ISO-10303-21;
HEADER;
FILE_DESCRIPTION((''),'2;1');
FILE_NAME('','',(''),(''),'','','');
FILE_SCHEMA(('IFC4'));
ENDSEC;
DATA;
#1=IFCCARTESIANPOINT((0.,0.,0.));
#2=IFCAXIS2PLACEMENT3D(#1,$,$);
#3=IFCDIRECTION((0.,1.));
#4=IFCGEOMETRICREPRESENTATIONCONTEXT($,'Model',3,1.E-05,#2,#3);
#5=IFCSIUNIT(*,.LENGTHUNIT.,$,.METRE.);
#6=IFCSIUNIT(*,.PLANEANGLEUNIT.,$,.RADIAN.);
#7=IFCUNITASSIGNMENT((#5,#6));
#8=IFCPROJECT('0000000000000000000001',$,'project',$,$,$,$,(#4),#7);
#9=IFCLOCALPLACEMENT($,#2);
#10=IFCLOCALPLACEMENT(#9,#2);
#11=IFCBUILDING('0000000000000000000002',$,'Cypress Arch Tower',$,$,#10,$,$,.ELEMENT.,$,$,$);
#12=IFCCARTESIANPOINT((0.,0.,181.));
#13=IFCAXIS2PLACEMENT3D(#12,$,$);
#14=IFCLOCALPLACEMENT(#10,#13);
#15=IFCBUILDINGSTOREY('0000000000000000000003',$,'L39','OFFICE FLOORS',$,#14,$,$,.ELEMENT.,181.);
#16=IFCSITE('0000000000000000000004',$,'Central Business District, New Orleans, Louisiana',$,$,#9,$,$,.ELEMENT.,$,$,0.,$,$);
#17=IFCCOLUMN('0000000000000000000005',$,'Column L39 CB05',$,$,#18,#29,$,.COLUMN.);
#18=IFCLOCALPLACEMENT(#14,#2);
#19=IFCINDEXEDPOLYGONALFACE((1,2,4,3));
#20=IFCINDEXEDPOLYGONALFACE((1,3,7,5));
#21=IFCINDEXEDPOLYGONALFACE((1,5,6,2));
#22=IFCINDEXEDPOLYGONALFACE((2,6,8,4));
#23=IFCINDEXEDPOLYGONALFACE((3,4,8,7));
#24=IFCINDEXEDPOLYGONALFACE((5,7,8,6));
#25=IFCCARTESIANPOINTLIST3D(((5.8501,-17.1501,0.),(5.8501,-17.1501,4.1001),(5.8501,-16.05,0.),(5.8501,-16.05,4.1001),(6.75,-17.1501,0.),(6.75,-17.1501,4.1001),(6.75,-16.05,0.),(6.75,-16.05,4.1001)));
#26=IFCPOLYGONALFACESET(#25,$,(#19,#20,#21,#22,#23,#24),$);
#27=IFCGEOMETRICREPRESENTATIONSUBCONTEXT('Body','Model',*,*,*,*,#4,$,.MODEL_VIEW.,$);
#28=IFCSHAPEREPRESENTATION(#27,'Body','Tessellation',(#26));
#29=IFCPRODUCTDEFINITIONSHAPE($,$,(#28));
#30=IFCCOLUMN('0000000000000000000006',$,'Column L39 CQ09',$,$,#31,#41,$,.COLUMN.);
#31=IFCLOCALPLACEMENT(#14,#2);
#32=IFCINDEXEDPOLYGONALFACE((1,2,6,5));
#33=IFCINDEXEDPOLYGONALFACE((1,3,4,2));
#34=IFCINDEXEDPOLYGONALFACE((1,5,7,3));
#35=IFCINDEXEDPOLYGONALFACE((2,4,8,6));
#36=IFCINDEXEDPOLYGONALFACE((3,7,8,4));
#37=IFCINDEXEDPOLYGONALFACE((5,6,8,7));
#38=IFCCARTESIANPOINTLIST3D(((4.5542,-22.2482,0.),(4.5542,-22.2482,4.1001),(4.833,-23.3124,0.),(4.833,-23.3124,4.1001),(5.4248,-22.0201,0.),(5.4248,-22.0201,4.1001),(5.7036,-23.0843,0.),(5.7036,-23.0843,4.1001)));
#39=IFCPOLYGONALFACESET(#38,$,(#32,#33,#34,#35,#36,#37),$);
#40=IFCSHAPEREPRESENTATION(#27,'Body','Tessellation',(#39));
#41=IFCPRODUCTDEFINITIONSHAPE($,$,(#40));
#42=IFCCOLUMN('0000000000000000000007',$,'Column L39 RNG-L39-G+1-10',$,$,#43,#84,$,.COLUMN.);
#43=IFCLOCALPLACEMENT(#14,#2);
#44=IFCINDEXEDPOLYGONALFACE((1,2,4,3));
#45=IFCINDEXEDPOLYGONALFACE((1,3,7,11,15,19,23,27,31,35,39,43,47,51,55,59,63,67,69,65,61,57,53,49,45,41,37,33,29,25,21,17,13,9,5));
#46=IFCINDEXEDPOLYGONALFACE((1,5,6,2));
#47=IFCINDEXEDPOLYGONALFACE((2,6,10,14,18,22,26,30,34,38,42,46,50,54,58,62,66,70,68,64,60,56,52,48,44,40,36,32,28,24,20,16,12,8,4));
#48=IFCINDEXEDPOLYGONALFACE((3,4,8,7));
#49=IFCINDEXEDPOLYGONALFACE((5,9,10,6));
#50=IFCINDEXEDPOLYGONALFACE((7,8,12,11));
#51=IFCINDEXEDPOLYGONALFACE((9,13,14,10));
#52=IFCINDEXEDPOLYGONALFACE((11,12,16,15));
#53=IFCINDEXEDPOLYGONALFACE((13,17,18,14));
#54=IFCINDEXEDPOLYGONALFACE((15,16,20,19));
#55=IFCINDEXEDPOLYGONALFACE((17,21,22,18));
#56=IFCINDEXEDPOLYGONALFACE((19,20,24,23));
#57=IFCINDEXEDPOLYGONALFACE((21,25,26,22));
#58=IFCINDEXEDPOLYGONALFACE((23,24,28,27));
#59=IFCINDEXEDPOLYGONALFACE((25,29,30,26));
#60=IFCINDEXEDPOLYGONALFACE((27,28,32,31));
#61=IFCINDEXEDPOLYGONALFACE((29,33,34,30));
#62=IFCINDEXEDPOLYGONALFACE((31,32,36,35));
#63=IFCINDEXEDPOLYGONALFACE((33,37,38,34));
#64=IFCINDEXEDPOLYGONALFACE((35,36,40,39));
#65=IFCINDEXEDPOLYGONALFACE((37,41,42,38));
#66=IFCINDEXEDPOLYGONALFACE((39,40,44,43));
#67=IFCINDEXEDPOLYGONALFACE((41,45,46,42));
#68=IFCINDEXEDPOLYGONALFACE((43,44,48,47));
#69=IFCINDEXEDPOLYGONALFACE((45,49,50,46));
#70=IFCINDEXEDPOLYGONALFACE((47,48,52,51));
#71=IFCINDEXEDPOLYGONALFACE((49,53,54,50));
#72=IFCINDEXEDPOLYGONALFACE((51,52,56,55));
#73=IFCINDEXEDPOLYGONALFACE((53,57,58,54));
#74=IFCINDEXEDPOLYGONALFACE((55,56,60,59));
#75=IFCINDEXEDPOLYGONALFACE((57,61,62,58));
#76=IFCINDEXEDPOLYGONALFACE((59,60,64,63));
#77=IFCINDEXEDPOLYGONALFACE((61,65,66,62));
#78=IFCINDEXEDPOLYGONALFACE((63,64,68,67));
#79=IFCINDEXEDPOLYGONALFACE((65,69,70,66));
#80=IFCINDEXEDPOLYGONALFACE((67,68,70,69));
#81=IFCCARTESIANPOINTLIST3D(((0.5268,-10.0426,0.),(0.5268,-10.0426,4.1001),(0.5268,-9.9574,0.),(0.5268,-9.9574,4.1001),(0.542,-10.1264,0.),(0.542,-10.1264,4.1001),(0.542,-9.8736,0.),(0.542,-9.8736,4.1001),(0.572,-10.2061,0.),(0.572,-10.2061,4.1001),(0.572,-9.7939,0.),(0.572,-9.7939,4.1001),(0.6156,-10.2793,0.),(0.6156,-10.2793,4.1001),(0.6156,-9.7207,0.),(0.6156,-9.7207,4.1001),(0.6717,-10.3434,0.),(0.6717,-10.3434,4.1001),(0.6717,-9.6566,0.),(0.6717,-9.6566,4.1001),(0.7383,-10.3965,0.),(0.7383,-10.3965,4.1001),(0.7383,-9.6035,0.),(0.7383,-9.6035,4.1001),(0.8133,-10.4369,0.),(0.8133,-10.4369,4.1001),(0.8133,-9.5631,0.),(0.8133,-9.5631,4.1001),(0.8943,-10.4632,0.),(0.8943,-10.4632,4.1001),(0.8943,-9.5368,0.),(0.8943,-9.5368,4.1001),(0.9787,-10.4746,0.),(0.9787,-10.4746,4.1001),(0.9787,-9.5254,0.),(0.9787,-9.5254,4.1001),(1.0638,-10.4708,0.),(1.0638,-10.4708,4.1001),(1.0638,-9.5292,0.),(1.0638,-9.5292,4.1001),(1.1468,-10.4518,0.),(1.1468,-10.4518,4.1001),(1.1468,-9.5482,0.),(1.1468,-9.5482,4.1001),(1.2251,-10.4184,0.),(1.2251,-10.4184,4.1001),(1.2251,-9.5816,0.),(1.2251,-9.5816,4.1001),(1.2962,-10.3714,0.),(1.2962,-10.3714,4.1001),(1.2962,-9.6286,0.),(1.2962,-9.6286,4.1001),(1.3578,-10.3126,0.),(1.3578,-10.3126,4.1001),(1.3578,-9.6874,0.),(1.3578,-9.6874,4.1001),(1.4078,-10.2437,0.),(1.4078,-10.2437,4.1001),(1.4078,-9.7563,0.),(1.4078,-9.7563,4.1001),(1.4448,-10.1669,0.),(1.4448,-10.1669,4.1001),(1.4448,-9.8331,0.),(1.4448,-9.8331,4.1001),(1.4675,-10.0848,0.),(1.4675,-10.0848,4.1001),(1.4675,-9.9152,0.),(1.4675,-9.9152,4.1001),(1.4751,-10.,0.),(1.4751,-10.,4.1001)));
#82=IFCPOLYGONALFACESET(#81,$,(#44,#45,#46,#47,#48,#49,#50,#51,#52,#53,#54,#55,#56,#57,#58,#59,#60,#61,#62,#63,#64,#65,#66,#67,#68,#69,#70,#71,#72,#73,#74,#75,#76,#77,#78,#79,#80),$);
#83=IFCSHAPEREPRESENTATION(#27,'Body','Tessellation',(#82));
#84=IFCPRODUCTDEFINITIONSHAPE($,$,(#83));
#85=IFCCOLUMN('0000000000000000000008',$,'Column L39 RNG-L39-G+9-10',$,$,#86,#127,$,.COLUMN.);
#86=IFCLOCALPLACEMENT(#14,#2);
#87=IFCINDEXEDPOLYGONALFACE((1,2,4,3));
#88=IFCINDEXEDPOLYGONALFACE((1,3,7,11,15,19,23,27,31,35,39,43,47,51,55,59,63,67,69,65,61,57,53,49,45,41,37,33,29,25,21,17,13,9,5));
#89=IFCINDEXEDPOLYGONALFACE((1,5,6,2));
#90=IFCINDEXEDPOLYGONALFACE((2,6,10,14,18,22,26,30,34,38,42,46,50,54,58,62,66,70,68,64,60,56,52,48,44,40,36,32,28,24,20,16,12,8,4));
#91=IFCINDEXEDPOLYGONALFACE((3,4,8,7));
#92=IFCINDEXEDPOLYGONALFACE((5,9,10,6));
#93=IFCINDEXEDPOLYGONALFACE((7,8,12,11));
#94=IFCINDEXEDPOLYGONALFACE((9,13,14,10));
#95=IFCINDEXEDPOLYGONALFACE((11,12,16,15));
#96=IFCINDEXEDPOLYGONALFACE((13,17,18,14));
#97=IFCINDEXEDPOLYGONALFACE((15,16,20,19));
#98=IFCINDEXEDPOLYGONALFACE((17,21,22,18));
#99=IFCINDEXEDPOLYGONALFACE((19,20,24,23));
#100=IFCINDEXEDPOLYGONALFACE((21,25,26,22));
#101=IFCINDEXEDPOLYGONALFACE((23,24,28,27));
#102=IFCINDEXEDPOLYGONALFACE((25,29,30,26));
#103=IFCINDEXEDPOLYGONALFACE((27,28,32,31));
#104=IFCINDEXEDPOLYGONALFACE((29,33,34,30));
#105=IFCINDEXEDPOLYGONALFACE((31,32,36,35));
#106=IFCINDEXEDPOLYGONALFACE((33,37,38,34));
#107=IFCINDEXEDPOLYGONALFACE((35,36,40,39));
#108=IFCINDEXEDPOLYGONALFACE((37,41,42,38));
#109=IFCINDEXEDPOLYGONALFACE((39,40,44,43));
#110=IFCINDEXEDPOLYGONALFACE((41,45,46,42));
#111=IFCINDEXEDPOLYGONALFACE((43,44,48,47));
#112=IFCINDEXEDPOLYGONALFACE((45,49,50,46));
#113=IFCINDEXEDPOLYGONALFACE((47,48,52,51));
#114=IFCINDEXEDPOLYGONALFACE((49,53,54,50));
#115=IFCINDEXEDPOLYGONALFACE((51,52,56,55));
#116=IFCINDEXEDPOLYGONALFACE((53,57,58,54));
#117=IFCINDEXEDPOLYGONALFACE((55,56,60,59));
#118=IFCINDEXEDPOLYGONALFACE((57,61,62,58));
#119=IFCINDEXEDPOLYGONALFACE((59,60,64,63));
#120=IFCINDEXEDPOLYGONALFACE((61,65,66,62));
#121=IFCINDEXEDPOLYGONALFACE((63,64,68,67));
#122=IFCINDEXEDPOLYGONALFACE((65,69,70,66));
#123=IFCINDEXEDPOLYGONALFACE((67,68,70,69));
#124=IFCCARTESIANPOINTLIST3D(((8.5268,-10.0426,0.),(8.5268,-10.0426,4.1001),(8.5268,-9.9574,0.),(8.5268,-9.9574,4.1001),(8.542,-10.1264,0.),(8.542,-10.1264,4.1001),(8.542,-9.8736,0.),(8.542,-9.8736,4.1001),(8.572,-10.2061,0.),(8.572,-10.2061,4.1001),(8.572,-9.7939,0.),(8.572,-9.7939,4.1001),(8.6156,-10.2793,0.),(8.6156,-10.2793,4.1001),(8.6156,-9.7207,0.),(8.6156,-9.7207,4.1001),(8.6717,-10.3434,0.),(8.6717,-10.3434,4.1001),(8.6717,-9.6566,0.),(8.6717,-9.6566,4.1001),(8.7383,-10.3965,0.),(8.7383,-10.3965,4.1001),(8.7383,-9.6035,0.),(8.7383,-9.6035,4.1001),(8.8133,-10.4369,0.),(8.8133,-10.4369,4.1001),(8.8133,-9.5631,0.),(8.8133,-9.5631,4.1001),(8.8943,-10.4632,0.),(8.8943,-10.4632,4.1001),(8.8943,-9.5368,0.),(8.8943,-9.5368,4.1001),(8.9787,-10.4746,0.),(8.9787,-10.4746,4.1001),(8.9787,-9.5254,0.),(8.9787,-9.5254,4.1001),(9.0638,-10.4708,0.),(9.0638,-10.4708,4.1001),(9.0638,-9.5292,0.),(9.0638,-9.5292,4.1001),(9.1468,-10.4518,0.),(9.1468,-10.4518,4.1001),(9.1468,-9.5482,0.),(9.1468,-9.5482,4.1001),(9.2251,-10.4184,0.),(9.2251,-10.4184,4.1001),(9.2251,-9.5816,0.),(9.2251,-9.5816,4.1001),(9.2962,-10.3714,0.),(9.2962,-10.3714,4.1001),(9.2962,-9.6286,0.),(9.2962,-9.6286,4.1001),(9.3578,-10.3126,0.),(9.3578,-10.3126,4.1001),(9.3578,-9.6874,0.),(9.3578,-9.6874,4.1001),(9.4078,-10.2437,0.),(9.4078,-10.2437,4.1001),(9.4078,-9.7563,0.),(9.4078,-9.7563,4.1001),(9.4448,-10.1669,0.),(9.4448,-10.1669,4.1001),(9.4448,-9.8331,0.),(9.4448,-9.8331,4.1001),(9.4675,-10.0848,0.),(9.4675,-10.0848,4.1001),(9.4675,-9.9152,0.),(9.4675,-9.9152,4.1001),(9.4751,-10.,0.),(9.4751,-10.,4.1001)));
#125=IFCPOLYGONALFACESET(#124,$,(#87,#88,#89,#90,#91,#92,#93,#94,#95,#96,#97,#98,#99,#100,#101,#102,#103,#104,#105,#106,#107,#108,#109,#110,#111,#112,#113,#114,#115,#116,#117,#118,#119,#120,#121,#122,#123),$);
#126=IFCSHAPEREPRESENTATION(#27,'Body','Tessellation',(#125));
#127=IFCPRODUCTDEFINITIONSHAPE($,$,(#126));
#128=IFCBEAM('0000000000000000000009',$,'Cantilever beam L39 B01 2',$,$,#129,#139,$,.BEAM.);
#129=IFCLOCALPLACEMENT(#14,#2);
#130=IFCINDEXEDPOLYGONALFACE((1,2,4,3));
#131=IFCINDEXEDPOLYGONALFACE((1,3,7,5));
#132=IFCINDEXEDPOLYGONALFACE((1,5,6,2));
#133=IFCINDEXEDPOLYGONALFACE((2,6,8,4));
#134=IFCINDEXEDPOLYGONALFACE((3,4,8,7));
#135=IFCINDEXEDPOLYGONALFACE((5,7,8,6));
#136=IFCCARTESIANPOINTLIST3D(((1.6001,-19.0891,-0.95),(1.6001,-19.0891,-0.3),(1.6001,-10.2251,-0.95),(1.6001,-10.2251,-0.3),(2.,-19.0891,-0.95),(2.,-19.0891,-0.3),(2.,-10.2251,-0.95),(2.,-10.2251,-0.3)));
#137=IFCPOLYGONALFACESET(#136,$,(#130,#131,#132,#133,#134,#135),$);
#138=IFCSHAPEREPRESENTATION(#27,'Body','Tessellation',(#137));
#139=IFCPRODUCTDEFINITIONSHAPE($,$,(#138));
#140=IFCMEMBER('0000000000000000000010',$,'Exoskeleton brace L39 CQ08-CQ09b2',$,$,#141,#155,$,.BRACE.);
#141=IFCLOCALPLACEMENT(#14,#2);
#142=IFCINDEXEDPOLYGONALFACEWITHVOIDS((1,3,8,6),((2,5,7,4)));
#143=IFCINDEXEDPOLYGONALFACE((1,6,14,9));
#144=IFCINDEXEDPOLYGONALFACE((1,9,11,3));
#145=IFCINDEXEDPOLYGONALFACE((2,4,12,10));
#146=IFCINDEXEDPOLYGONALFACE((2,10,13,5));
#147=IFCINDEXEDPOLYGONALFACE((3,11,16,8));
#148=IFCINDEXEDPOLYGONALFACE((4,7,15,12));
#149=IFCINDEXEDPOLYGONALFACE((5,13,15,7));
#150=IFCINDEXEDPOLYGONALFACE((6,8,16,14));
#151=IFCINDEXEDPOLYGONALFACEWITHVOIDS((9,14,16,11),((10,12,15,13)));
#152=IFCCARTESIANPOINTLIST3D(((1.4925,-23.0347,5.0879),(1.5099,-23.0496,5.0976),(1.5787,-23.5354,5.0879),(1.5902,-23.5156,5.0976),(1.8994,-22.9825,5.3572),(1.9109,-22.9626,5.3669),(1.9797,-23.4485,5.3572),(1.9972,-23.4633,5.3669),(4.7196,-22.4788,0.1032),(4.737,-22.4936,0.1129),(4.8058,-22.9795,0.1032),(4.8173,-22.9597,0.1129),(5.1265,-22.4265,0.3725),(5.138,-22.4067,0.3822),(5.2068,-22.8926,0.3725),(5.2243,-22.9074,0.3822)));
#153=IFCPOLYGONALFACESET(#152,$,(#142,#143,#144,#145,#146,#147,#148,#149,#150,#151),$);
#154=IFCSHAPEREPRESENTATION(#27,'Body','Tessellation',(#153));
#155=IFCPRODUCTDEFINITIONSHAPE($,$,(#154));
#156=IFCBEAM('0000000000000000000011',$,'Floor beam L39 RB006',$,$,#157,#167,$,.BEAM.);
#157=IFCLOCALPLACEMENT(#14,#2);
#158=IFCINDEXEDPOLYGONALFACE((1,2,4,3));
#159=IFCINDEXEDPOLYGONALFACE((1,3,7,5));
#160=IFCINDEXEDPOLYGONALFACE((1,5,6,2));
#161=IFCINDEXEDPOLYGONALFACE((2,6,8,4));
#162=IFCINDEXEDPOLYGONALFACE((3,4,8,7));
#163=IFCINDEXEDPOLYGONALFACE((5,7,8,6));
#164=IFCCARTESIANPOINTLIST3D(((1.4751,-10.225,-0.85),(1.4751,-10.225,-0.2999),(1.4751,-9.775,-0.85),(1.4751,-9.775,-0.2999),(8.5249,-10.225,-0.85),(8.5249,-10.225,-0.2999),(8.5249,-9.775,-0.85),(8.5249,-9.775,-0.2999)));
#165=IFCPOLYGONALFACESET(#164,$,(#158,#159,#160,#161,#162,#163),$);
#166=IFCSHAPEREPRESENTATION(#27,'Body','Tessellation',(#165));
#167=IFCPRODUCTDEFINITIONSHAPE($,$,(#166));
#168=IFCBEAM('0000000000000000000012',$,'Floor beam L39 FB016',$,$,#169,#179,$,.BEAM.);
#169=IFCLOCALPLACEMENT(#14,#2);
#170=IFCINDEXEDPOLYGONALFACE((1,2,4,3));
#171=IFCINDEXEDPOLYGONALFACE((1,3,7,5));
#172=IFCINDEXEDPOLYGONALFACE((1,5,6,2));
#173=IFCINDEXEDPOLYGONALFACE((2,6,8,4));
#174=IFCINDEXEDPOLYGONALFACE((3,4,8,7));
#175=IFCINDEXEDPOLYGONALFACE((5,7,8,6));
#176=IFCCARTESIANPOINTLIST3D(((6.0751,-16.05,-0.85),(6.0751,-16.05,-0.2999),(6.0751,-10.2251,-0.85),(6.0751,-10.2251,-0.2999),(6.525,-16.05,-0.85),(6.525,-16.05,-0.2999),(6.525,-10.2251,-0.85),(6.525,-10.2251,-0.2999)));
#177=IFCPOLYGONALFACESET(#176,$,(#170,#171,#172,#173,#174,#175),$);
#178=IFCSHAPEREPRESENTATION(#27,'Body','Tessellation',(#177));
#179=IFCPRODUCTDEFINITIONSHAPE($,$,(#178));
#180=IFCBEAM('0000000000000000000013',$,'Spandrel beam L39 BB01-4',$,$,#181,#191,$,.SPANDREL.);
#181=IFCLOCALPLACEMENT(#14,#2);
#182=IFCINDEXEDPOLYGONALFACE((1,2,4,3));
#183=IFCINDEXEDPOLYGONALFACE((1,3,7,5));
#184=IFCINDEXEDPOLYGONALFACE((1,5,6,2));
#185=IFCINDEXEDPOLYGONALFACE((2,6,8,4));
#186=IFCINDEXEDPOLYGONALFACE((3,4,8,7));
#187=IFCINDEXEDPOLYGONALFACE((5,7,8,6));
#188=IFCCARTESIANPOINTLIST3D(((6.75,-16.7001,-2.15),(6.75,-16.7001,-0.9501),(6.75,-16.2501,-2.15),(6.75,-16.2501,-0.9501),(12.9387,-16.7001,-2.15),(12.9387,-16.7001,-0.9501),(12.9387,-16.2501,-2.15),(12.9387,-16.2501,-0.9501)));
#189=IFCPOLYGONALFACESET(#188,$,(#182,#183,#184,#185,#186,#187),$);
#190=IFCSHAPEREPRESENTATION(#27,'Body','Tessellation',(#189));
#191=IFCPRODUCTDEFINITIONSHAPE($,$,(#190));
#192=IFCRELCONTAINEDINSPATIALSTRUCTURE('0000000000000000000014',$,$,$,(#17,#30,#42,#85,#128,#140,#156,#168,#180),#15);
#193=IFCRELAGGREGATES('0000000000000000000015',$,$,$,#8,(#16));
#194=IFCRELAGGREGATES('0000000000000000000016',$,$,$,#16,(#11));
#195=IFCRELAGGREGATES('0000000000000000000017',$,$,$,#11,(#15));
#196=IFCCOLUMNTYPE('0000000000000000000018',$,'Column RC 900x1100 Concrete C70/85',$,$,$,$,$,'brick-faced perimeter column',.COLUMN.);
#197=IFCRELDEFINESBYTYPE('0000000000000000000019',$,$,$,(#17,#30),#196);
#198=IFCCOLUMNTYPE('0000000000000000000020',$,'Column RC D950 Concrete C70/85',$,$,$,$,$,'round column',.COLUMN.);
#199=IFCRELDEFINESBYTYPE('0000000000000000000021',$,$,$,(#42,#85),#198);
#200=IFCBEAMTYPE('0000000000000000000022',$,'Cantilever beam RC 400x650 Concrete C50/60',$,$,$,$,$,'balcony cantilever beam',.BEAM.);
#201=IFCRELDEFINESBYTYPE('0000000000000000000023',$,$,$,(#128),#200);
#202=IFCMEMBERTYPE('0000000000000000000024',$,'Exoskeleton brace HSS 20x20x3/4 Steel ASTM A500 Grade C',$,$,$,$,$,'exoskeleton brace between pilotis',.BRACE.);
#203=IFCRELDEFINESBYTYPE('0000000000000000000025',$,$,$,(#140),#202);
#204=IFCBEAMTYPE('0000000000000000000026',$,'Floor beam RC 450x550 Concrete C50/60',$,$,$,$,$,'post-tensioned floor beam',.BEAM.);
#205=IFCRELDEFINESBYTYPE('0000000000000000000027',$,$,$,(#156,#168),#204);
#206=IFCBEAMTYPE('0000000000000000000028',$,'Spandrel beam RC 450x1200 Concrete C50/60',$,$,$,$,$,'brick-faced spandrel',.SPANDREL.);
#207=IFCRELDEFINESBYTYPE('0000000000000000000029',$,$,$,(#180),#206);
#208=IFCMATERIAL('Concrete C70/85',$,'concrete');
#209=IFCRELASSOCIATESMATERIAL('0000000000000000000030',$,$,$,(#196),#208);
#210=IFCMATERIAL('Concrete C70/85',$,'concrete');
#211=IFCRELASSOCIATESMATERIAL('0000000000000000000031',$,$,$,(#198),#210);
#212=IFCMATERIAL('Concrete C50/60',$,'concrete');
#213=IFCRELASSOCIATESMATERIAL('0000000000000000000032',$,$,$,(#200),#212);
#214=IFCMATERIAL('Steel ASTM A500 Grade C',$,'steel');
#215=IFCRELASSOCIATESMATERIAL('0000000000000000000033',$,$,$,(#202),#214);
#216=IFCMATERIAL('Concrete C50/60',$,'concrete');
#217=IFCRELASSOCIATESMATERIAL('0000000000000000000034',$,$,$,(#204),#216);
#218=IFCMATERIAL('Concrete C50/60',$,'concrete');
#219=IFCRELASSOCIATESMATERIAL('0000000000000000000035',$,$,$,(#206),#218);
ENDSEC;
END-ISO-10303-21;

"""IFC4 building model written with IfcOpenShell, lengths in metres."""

from ifc_helpers import new_model, si_unit, direction, frame, origin, origin_2d, place, context, subcontext, project, spatial, rectangle, hollow_rectangle, circle, extrude, material, material_profile, profile_set, type_object, element, save


model = new_model("IFC4")

# Units and contexts
model_context = context("Model", 3, precision=1e-05, world=origin(), true_north=direction((0.0, 1.0)))
body_context = subcontext(model_context, "Body", "Model", "MODEL_VIEW")
ifc_project = project(units=[si_unit("LENGTHUNIT", "METRE"), si_unit("PLANEANGLEUNIT", "RADIAN")], contexts=[model_context])

# Site, building, storey
site_placement = place(None, origin())
site = spatial("IfcSite", under=ifc_project, at=site_placement, Name="Central Business District, New Orleans, Louisiana", CompositionType="ELEMENT", RefElevation=0.0)
building_placement = place(site_placement, origin())
building = spatial("IfcBuilding", under=site, at=building_placement, Name="Cypress Arch Tower", CompositionType="ELEMENT")
storey_placement = place(building_placement, frame((0.0, 0.0, 181.0)))
storey = spatial("IfcBuildingStorey", under=building, at=storey_placement, Name="L39", Description="OFFICE FLOORS", CompositionType="ELEMENT", Elevation=181.0)

# Columns
ifc_material_1 = material(Name="Concrete C70/85", Category="concrete")
ifc_material_profile_1 = material_profile(ifc_material_1, rectangle(XDim=0.8999, YDim=1.1001, at=origin_2d()), Name="RC 900x1100")
ifc_profile_set_1 = profile_set([ifc_material_profile_1], Name="Concrete C70/85")
column_type_1 = type_object("IfcColumnType", Name="Column RC 900x1100 Concrete C70/85", ElementType="brick-faced perimeter column", PredefinedType="COLUMN", material=ifc_profile_set_1)
for number, where, z_axis, x_axis, name in (
    (1, (6.3, -16.6001, 0.0), (0.0, 0.0, 1.0), (1.0, 0.0, 0.0), "Column L39 CB05"),
    (2, (5.1289, -22.6663, 0.0), (0.0, 0.0, 1.0), (0.967356, 0.253422, 0.0), "Column L39 CQ09"),
):
    element("IfcColumn", number, at=place(storey_placement, frame(where, z_axis=z_axis, x_axis=x_axis)), inside=storey, type_object=column_type_1, Name=name, PredefinedType="COLUMN", context=body_context, shape_type="SweptSolid", body=[
        extrude(rectangle(XDim=0.8999, YDim=1.1001, at=origin_2d()), origin(), (0.0, 0.0, 1.0), 4.1001),
    ])
ifc_material_2 = material(Name="Concrete C70/85", Category="concrete")
ifc_material_profile_2 = material_profile(ifc_material_2, circle(Radius=0.4751, at=origin_2d()), Name="RC D950")
ifc_profile_set_2 = profile_set([ifc_material_profile_2], Name="Concrete C70/85")
column_type_2 = type_object("IfcColumnType", Name="Column RC D950 Concrete C70/85", ElementType="round column", PredefinedType="COLUMN", material=ifc_profile_set_2)
for number, where, z_axis, x_axis, name in (
    (3, (1.0, -10.0, 0.0), (0.0, 0.0, 1.0), (1.0, 0.0, 0.0), "Column L39 RNG-L39-G+1-10"),
    (4, (9.0, -10.0, 0.0), (0.0, 0.0, 1.0), (1.0, 0.0, 0.0), "Column L39 RNG-L39-G+9-10"),
):
    element("IfcColumn", number, at=place(storey_placement, frame(where, z_axis=z_axis, x_axis=x_axis)), inside=storey, type_object=column_type_2, Name=name, PredefinedType="COLUMN", context=body_context, shape_type="SweptSolid", body=[
        extrude(circle(Radius=0.4751, at=origin_2d()), origin(), (0.0, 0.0, 1.0), 4.1001),
    ])

# Beam
ifc_material_3 = material(Name="Concrete C50/60", Category="concrete")
ifc_material_profile_3 = material_profile(ifc_material_3, rectangle(XDim=0.3999, YDim=0.6499, at=origin_2d()), Name="RC 400x650")
ifc_profile_set_3 = profile_set([ifc_material_profile_3], Name="Concrete C50/60")
beam_type_1 = type_object("IfcBeamType", Name="Cantilever beam RC 400x650 Concrete C50/60", ElementType="balcony cantilever beam", PredefinedType="BEAM", material=ifc_profile_set_3)
beam_1_placement = place(storey_placement, frame((1.8, -10.2251, -0.625), z_axis=(0.0, -1.0, 0.0), x_axis=(1.0, 0.0, 0.0)))
element("IfcBeam", 5, at=beam_1_placement, inside=storey, type_object=beam_type_1, Name="Cantilever beam L39 B01 2", PredefinedType="BEAM", context=body_context, shape_type="SweptSolid", body=[
    extrude(rectangle(XDim=0.3999, YDim=0.6499, at=origin_2d()), origin(), (0.0, 0.0, 1.0), 8.864),
])

# Member
ifc_material_4 = material(Name="Steel ASTM A500 Grade C", Category="steel")
ifc_material_profile_4 = material_profile(ifc_material_4, hollow_rectangle(XDim=0.5081, YDim=0.5081, WallThickness=0.0176, at=origin_2d()), Name="HSS 20x20x3/4")
ifc_profile_set_4 = profile_set([ifc_material_profile_4], Name="Steel ASTM A500 Grade C")
member_type = type_object("IfcMemberType", Name="Exoskeleton brace HSS 20x20x3/4 Steel ASTM A500 Grade C", ElementType="exoskeleton brace between pilotis", PredefinedType="BRACE", material=ifc_profile_set_4)
member_placement = place(storey_placement, frame((4.9719, -22.6931, 0.2427), z_axis=(-0.541088, -0.093211, 0.835784), x_axis=(0.169765, -0.985485, 0.0)))
element("IfcMember", 6, at=member_placement, inside=storey, type_object=member_type, Name="Exoskeleton brace L39 CQ08-CQ09b2", PredefinedType="BRACE", context=body_context, shape_type="SweptSolid", body=[
    extrude(hollow_rectangle(XDim=0.5081, YDim=0.5081, WallThickness=0.0176, at=origin_2d()), origin(), (0.0, 0.0, 1.0), 5.9641),
])

# Beams
ifc_material_5 = material(Name="Concrete C50/60", Category="concrete")
ifc_material_profile_5 = material_profile(ifc_material_5, rectangle(XDim=0.45, YDim=0.55, at=origin_2d()), Name="RC 450x550")
ifc_profile_set_5 = profile_set([ifc_material_profile_5], Name="Concrete C50/60")
beam_type_2 = type_object("IfcBeamType", Name="Floor beam RC 450x550 Concrete C50/60", ElementType="post-tensioned floor beam", PredefinedType="BEAM", material=ifc_profile_set_5)
beam_2_placement = place(storey_placement, frame((1.4751, -10.0, -0.575), z_axis=(1.0, 0.0, 0.0), x_axis=(0.0, 1.0, 0.0)))
element("IfcBeam", 7, at=beam_2_placement, inside=storey, type_object=beam_type_2, Name="Floor beam L39 RB006", PredefinedType="BEAM", context=body_context, shape_type="SweptSolid", body=[
    extrude(rectangle(XDim=0.45, YDim=0.55, at=origin_2d()), origin(), (0.0, 0.0, 1.0), 7.0498),
])
beam_3_placement = place(storey_placement, frame((6.3, -16.05, -0.575), z_axis=(0.0, 1.0, 0.0), x_axis=(-1.0, 0.0, 0.0)))
element("IfcBeam", 8, at=beam_3_placement, inside=storey, type_object=beam_type_2, Name="Floor beam L39 FB016", PredefinedType="BEAM", context=body_context, shape_type="SweptSolid", body=[
    extrude(rectangle(XDim=0.45, YDim=0.55, at=origin_2d()), origin(), (0.0, 0.0, 1.0), 5.825),
])
ifc_material_6 = material(Name="Concrete C50/60", Category="concrete")
ifc_material_profile_6 = material_profile(ifc_material_6, rectangle(XDim=0.45, YDim=1.2, at=origin_2d()), Name="RC 450x1200")
ifc_profile_set_6 = profile_set([ifc_material_profile_6], Name="Concrete C50/60")
beam_type_3 = type_object("IfcBeamType", Name="Spandrel beam RC 450x1200 Concrete C50/60", ElementType="brick-faced spandrel", PredefinedType="SPANDREL", material=ifc_profile_set_6)
beam_4_placement = place(storey_placement, frame((6.75, -16.4751, -1.55), z_axis=(1.0, 0.0, 0.0), x_axis=(0.0, 1.0, 0.0)))
element("IfcBeam", 9, at=beam_4_placement, inside=storey, type_object=beam_type_3, Name="Spandrel beam L39 BB01-4", PredefinedType="SPANDREL", context=body_context, shape_type="SweptSolid", body=[
    extrude(rectangle(XDim=0.45, YDim=1.2, at=origin_2d()), origin(), (0.0, 0.0, 1.0), 6.1887),
])

save(model, "model.ifc")
